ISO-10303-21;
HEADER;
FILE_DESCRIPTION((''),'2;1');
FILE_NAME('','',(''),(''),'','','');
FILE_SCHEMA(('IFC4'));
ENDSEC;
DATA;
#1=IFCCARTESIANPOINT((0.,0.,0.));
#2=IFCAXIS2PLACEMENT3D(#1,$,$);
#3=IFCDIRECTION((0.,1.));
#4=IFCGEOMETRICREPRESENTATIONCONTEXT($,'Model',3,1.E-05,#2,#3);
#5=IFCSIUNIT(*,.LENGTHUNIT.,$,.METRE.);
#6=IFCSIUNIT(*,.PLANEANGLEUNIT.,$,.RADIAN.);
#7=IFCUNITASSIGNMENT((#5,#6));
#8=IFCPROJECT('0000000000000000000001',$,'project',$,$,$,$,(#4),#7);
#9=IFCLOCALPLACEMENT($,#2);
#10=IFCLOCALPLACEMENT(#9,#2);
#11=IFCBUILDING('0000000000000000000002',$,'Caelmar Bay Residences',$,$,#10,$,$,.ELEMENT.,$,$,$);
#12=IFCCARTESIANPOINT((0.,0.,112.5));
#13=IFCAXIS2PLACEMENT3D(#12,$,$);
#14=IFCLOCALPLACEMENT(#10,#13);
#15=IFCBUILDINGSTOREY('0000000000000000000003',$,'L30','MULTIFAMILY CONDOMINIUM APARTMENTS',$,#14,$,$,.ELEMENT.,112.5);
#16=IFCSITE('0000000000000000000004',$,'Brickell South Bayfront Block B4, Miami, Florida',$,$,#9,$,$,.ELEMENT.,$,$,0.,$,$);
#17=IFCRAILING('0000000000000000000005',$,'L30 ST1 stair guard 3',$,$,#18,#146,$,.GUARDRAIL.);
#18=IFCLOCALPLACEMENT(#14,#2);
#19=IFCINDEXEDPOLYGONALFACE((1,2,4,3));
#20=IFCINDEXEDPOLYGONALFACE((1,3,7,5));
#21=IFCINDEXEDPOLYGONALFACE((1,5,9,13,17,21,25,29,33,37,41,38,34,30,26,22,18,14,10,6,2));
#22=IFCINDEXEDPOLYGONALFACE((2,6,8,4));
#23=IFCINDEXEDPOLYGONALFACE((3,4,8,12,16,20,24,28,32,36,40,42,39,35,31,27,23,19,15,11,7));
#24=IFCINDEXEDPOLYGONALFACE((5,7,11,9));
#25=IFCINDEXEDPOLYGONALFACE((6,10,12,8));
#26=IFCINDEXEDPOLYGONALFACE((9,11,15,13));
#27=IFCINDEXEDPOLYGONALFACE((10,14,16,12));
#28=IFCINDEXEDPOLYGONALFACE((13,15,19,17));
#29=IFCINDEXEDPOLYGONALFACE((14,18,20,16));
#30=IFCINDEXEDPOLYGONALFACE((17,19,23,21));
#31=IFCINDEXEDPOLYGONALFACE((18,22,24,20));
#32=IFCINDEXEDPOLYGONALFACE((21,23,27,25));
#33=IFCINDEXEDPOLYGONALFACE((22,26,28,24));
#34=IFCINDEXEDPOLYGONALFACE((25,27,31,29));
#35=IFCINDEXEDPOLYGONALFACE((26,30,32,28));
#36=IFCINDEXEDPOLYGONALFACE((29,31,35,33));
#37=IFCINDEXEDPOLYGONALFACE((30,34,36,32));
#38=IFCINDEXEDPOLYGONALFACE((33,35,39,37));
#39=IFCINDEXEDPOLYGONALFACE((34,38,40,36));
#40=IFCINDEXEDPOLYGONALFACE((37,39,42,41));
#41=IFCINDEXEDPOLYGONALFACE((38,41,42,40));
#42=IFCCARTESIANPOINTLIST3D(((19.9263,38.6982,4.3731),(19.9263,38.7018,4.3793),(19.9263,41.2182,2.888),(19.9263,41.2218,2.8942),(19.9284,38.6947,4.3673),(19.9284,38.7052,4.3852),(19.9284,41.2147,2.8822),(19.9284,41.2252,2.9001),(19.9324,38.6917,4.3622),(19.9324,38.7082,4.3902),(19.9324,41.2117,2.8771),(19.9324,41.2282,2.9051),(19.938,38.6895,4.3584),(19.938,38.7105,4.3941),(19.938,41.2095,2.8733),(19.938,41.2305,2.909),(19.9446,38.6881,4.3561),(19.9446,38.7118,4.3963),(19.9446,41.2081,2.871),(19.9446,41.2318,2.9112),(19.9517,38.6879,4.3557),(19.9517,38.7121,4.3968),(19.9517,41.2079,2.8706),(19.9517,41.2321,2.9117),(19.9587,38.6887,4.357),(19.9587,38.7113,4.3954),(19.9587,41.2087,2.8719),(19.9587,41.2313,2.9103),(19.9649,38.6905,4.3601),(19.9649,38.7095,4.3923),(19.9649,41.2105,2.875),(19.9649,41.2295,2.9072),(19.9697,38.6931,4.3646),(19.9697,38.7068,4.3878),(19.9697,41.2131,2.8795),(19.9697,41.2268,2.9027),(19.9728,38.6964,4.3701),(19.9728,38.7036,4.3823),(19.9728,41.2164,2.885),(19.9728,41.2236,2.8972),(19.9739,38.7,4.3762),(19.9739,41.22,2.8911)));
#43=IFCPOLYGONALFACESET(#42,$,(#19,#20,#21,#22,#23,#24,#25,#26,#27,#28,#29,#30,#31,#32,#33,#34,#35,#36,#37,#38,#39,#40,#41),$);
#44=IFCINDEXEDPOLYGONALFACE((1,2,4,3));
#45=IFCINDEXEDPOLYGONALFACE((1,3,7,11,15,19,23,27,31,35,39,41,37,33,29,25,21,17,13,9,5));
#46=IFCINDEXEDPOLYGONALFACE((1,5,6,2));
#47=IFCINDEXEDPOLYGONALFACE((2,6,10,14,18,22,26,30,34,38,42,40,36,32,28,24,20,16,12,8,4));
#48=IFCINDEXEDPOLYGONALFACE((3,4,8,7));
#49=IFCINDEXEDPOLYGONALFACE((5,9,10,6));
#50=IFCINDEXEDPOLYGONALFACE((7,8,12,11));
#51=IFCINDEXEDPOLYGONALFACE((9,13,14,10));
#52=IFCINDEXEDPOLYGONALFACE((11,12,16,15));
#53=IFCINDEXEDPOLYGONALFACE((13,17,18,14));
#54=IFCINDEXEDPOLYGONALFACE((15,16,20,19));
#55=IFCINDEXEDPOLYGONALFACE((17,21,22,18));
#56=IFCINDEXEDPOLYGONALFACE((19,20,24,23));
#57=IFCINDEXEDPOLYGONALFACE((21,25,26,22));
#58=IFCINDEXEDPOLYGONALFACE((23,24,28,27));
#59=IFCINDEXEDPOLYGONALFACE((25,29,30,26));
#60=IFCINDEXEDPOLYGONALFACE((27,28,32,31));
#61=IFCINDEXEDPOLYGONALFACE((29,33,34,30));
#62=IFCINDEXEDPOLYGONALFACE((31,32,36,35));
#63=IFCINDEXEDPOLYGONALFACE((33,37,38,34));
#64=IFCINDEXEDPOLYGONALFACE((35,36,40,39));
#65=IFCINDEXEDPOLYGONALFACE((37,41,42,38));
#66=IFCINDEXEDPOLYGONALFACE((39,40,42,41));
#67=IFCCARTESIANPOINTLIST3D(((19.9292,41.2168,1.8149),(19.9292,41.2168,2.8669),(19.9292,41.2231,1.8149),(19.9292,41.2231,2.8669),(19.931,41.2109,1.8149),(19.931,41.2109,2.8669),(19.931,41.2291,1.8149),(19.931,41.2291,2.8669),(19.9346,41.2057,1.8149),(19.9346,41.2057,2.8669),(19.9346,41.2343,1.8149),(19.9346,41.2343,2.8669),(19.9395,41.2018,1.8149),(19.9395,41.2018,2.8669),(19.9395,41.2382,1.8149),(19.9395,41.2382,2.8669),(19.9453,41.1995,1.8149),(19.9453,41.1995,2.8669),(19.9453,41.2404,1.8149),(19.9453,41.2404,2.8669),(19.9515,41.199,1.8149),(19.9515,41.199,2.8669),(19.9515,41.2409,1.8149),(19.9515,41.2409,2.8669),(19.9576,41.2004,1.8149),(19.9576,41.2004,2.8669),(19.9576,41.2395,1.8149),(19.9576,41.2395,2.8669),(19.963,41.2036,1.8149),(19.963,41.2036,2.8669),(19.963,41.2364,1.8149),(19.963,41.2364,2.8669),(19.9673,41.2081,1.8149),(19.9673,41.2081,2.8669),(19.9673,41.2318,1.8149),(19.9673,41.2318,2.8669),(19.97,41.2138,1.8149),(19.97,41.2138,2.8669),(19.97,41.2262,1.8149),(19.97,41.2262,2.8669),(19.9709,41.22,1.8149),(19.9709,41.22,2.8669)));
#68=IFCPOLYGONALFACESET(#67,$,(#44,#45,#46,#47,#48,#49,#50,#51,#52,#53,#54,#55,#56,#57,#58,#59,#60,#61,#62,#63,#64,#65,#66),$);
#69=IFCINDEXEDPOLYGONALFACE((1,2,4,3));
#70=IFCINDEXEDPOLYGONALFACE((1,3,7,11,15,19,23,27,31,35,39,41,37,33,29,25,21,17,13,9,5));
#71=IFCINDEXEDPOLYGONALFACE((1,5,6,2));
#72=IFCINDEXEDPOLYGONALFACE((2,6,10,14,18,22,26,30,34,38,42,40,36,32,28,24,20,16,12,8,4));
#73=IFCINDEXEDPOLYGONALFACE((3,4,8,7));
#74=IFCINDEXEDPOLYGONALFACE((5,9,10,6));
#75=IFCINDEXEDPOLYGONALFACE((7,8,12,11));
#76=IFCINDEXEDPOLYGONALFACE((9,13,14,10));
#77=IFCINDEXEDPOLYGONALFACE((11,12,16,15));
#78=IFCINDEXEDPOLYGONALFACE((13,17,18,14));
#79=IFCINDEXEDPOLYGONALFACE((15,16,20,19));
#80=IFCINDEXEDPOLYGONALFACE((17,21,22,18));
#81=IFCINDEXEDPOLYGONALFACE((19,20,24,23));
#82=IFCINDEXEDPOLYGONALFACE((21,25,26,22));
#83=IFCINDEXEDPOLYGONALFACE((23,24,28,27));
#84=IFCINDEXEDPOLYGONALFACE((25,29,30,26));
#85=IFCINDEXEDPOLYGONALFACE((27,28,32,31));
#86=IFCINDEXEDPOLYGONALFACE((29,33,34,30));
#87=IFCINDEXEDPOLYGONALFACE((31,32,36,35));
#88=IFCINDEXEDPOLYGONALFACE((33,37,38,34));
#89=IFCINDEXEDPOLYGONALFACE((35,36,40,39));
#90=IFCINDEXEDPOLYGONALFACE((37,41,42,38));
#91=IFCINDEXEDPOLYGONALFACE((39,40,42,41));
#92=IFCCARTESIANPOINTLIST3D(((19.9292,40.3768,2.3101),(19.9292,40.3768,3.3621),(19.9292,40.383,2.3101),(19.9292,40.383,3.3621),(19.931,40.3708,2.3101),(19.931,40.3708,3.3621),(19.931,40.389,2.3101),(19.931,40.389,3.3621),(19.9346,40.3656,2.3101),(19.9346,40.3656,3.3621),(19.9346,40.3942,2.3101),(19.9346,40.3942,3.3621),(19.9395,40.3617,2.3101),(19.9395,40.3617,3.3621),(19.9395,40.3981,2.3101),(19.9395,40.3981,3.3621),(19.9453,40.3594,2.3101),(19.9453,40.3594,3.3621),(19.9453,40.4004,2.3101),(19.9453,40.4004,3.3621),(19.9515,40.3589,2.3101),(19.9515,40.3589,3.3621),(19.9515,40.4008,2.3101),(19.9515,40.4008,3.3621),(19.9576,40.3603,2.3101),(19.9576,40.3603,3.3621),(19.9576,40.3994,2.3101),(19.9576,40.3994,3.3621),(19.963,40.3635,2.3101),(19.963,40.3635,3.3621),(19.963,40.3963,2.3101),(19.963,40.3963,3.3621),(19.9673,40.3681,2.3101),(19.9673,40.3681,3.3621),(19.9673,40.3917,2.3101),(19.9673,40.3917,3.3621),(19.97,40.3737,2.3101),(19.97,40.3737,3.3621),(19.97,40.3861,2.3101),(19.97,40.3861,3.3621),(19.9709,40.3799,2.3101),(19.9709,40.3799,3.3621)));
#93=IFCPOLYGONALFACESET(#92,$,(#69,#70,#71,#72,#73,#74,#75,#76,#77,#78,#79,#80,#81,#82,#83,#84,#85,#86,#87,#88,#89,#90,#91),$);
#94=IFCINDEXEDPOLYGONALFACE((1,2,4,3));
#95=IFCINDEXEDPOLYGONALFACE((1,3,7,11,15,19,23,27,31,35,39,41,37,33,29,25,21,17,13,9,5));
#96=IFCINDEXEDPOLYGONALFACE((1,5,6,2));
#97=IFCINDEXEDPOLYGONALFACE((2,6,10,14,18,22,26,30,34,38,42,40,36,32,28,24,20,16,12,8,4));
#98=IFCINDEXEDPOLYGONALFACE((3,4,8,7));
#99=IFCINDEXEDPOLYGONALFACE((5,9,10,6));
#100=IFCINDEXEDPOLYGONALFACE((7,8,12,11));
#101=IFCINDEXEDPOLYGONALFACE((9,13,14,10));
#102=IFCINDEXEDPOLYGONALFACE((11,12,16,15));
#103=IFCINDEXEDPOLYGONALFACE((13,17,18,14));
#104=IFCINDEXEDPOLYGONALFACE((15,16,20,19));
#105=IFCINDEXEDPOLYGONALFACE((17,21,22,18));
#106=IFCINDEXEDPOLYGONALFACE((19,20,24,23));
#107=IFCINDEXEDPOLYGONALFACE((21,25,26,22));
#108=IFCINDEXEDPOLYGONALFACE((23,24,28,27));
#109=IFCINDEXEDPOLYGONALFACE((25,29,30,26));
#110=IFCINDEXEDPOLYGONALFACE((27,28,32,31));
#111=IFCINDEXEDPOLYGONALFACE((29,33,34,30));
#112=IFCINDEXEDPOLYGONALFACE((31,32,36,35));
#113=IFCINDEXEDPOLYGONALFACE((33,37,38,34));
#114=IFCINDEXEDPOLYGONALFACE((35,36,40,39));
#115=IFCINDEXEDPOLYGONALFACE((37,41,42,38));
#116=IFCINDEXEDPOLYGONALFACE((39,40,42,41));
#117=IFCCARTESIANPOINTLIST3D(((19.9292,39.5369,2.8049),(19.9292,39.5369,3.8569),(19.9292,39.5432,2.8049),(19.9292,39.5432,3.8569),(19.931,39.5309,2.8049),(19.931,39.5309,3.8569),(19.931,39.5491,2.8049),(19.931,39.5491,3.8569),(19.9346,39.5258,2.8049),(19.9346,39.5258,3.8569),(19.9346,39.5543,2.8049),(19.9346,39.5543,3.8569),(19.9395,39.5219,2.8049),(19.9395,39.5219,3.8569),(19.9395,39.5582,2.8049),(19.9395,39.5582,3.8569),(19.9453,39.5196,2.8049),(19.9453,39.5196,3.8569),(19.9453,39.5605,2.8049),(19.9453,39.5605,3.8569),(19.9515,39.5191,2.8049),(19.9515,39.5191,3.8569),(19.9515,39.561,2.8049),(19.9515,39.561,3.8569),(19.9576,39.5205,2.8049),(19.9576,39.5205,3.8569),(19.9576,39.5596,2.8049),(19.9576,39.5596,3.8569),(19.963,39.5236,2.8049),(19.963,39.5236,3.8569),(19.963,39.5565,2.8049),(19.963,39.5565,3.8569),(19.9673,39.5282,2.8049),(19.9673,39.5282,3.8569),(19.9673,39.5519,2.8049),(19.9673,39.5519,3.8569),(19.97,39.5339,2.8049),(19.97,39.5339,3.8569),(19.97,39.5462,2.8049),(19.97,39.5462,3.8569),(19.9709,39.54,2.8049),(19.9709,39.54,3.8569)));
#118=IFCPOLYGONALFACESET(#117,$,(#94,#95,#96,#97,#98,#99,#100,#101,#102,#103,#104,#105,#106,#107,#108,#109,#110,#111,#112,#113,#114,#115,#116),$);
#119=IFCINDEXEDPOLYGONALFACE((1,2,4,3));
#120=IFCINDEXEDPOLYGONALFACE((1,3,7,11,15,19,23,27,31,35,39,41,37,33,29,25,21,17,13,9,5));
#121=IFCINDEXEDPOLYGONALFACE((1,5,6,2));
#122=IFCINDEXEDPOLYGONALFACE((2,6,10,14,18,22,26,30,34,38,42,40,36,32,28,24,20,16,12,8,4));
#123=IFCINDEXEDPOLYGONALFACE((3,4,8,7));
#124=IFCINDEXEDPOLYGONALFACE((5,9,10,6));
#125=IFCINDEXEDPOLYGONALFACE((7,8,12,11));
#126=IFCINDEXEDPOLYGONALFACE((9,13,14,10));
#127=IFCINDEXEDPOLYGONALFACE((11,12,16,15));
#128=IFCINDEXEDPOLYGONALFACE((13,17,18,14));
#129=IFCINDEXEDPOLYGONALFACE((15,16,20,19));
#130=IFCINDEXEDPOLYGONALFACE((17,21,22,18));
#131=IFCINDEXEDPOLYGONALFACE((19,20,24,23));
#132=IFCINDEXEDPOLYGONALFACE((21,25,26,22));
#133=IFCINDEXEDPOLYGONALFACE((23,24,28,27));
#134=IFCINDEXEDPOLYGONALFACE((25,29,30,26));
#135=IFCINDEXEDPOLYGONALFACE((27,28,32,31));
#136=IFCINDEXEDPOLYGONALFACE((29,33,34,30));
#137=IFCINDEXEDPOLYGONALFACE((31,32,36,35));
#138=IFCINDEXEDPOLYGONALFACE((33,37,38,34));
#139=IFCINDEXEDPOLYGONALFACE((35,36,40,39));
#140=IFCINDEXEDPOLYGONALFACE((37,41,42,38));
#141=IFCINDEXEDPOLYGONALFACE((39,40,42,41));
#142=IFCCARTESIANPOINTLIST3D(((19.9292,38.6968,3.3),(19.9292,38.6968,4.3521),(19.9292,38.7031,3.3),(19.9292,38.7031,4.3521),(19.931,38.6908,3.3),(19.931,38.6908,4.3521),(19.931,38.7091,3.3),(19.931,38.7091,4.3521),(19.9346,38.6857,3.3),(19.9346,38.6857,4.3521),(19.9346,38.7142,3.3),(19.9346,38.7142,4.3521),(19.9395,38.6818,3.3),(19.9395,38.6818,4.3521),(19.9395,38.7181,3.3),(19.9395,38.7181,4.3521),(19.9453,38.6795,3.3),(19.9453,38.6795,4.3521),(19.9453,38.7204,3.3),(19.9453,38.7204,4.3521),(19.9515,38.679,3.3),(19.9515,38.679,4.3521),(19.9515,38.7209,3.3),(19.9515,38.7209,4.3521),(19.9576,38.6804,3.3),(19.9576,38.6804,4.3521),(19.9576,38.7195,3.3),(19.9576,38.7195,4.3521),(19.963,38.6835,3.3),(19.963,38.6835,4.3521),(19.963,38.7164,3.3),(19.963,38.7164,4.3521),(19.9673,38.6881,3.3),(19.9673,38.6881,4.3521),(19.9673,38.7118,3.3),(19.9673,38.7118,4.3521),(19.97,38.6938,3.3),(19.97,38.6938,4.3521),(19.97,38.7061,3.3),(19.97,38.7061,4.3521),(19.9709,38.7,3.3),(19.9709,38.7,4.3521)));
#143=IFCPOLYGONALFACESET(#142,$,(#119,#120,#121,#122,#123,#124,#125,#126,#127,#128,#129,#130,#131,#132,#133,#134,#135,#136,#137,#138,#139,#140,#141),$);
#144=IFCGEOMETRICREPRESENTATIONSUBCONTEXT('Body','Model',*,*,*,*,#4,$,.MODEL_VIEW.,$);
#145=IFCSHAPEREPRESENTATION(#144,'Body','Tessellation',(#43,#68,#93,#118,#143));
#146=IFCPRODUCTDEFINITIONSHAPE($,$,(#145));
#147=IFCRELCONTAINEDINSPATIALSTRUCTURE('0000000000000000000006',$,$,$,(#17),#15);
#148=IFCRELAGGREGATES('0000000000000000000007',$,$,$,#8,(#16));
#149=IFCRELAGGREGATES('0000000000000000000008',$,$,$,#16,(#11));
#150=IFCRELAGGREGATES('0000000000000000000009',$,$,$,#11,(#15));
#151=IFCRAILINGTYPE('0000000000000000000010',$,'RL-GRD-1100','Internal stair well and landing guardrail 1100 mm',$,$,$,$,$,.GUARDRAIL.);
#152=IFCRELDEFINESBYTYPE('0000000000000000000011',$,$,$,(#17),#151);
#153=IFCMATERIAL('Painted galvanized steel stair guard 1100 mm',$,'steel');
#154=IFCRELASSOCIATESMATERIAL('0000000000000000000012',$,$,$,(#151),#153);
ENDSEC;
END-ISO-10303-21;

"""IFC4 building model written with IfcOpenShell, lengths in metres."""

from ifc_helpers import new_model, si_unit, direction, frame, origin, origin_2d, place, context, subcontext, project, spatial, circle, extrude, material, type_object, element, save


model = new_model("IFC4")

# Units and contexts
model_context = context("Model", 3, precision=1e-05, world=origin(), true_north=direction((0.0, 1.0)))
body_context = subcontext(model_context, "Body", "Model", "MODEL_VIEW")
ifc_project = project(units=[si_unit("LENGTHUNIT", "METRE"), si_unit("PLANEANGLEUNIT", "RADIAN")], contexts=[model_context])

# Site, building, storey
site_placement = place(None, origin())
site = spatial("IfcSite", under=ifc_project, at=site_placement, Name="Brickell South Bayfront Block B4, Miami, Florida", CompositionType="ELEMENT", RefElevation=0.0)
building_placement = place(site_placement, origin())
building = spatial("IfcBuilding", under=site, at=building_placement, Name="Caelmar Bay Residences", CompositionType="ELEMENT")
storey_placement = place(building_placement, frame((0.0, 0.0, 112.5)))
storey = spatial("IfcBuildingStorey", under=building, at=storey_placement, Name="L30", Description="MULTIFAMILY CONDOMINIUM APARTMENTS", CompositionType="ELEMENT", Elevation=112.5)

# Railing
ifc_material_1 = material(Name="Painted galvanized steel stair guard 1100 mm", Category="steel")
railing_type_1 = type_object("IfcRailingType", Name="RL-GRD-1100", Description="Internal stair well and landing guardrail 1100 mm", PredefinedType="GUARDRAIL", material=ifc_material_1)
railing_1_placement = place(storey_placement, frame((19.95, 41.22, 1.8149)))
element("IfcRailing", 1, at=railing_1_placement, inside=storey, type_object=railing_type_1, Name="L30 ST1 stair guard 3", PredefinedType="GUARDRAIL", context=body_context, shape_type="SweptSolid", body=[
    extrude(circle(Radius=0.0239, at=origin_2d()), frame((0.0, 0.0, 1.0762), z_axis=(0.0, -0.861524, 0.507717), x_axis=(1.0, 0.0, 0.0)), (0.0, 0.0, 1.0), 2.925),
    extrude(circle(Radius=0.021, at=origin_2d()), origin(), (0.0, 0.0, 1.0), 1.052),
    extrude(circle(Radius=0.021, at=origin_2d()), frame((0.0, -0.8401, 0.4951)), (0.0, 0.0, 1.0), 1.052),
    extrude(circle(Radius=0.021, at=origin_2d()), frame((0.0, -1.6799, 0.99)), (0.0, 0.0, 1.0), 1.052),
    extrude(circle(Radius=0.021, at=origin_2d()), frame((0.0, -2.52, 1.4851)), (0.0, 0.0, 1.0), 1.052),
])

save(model, "model.ifc")
